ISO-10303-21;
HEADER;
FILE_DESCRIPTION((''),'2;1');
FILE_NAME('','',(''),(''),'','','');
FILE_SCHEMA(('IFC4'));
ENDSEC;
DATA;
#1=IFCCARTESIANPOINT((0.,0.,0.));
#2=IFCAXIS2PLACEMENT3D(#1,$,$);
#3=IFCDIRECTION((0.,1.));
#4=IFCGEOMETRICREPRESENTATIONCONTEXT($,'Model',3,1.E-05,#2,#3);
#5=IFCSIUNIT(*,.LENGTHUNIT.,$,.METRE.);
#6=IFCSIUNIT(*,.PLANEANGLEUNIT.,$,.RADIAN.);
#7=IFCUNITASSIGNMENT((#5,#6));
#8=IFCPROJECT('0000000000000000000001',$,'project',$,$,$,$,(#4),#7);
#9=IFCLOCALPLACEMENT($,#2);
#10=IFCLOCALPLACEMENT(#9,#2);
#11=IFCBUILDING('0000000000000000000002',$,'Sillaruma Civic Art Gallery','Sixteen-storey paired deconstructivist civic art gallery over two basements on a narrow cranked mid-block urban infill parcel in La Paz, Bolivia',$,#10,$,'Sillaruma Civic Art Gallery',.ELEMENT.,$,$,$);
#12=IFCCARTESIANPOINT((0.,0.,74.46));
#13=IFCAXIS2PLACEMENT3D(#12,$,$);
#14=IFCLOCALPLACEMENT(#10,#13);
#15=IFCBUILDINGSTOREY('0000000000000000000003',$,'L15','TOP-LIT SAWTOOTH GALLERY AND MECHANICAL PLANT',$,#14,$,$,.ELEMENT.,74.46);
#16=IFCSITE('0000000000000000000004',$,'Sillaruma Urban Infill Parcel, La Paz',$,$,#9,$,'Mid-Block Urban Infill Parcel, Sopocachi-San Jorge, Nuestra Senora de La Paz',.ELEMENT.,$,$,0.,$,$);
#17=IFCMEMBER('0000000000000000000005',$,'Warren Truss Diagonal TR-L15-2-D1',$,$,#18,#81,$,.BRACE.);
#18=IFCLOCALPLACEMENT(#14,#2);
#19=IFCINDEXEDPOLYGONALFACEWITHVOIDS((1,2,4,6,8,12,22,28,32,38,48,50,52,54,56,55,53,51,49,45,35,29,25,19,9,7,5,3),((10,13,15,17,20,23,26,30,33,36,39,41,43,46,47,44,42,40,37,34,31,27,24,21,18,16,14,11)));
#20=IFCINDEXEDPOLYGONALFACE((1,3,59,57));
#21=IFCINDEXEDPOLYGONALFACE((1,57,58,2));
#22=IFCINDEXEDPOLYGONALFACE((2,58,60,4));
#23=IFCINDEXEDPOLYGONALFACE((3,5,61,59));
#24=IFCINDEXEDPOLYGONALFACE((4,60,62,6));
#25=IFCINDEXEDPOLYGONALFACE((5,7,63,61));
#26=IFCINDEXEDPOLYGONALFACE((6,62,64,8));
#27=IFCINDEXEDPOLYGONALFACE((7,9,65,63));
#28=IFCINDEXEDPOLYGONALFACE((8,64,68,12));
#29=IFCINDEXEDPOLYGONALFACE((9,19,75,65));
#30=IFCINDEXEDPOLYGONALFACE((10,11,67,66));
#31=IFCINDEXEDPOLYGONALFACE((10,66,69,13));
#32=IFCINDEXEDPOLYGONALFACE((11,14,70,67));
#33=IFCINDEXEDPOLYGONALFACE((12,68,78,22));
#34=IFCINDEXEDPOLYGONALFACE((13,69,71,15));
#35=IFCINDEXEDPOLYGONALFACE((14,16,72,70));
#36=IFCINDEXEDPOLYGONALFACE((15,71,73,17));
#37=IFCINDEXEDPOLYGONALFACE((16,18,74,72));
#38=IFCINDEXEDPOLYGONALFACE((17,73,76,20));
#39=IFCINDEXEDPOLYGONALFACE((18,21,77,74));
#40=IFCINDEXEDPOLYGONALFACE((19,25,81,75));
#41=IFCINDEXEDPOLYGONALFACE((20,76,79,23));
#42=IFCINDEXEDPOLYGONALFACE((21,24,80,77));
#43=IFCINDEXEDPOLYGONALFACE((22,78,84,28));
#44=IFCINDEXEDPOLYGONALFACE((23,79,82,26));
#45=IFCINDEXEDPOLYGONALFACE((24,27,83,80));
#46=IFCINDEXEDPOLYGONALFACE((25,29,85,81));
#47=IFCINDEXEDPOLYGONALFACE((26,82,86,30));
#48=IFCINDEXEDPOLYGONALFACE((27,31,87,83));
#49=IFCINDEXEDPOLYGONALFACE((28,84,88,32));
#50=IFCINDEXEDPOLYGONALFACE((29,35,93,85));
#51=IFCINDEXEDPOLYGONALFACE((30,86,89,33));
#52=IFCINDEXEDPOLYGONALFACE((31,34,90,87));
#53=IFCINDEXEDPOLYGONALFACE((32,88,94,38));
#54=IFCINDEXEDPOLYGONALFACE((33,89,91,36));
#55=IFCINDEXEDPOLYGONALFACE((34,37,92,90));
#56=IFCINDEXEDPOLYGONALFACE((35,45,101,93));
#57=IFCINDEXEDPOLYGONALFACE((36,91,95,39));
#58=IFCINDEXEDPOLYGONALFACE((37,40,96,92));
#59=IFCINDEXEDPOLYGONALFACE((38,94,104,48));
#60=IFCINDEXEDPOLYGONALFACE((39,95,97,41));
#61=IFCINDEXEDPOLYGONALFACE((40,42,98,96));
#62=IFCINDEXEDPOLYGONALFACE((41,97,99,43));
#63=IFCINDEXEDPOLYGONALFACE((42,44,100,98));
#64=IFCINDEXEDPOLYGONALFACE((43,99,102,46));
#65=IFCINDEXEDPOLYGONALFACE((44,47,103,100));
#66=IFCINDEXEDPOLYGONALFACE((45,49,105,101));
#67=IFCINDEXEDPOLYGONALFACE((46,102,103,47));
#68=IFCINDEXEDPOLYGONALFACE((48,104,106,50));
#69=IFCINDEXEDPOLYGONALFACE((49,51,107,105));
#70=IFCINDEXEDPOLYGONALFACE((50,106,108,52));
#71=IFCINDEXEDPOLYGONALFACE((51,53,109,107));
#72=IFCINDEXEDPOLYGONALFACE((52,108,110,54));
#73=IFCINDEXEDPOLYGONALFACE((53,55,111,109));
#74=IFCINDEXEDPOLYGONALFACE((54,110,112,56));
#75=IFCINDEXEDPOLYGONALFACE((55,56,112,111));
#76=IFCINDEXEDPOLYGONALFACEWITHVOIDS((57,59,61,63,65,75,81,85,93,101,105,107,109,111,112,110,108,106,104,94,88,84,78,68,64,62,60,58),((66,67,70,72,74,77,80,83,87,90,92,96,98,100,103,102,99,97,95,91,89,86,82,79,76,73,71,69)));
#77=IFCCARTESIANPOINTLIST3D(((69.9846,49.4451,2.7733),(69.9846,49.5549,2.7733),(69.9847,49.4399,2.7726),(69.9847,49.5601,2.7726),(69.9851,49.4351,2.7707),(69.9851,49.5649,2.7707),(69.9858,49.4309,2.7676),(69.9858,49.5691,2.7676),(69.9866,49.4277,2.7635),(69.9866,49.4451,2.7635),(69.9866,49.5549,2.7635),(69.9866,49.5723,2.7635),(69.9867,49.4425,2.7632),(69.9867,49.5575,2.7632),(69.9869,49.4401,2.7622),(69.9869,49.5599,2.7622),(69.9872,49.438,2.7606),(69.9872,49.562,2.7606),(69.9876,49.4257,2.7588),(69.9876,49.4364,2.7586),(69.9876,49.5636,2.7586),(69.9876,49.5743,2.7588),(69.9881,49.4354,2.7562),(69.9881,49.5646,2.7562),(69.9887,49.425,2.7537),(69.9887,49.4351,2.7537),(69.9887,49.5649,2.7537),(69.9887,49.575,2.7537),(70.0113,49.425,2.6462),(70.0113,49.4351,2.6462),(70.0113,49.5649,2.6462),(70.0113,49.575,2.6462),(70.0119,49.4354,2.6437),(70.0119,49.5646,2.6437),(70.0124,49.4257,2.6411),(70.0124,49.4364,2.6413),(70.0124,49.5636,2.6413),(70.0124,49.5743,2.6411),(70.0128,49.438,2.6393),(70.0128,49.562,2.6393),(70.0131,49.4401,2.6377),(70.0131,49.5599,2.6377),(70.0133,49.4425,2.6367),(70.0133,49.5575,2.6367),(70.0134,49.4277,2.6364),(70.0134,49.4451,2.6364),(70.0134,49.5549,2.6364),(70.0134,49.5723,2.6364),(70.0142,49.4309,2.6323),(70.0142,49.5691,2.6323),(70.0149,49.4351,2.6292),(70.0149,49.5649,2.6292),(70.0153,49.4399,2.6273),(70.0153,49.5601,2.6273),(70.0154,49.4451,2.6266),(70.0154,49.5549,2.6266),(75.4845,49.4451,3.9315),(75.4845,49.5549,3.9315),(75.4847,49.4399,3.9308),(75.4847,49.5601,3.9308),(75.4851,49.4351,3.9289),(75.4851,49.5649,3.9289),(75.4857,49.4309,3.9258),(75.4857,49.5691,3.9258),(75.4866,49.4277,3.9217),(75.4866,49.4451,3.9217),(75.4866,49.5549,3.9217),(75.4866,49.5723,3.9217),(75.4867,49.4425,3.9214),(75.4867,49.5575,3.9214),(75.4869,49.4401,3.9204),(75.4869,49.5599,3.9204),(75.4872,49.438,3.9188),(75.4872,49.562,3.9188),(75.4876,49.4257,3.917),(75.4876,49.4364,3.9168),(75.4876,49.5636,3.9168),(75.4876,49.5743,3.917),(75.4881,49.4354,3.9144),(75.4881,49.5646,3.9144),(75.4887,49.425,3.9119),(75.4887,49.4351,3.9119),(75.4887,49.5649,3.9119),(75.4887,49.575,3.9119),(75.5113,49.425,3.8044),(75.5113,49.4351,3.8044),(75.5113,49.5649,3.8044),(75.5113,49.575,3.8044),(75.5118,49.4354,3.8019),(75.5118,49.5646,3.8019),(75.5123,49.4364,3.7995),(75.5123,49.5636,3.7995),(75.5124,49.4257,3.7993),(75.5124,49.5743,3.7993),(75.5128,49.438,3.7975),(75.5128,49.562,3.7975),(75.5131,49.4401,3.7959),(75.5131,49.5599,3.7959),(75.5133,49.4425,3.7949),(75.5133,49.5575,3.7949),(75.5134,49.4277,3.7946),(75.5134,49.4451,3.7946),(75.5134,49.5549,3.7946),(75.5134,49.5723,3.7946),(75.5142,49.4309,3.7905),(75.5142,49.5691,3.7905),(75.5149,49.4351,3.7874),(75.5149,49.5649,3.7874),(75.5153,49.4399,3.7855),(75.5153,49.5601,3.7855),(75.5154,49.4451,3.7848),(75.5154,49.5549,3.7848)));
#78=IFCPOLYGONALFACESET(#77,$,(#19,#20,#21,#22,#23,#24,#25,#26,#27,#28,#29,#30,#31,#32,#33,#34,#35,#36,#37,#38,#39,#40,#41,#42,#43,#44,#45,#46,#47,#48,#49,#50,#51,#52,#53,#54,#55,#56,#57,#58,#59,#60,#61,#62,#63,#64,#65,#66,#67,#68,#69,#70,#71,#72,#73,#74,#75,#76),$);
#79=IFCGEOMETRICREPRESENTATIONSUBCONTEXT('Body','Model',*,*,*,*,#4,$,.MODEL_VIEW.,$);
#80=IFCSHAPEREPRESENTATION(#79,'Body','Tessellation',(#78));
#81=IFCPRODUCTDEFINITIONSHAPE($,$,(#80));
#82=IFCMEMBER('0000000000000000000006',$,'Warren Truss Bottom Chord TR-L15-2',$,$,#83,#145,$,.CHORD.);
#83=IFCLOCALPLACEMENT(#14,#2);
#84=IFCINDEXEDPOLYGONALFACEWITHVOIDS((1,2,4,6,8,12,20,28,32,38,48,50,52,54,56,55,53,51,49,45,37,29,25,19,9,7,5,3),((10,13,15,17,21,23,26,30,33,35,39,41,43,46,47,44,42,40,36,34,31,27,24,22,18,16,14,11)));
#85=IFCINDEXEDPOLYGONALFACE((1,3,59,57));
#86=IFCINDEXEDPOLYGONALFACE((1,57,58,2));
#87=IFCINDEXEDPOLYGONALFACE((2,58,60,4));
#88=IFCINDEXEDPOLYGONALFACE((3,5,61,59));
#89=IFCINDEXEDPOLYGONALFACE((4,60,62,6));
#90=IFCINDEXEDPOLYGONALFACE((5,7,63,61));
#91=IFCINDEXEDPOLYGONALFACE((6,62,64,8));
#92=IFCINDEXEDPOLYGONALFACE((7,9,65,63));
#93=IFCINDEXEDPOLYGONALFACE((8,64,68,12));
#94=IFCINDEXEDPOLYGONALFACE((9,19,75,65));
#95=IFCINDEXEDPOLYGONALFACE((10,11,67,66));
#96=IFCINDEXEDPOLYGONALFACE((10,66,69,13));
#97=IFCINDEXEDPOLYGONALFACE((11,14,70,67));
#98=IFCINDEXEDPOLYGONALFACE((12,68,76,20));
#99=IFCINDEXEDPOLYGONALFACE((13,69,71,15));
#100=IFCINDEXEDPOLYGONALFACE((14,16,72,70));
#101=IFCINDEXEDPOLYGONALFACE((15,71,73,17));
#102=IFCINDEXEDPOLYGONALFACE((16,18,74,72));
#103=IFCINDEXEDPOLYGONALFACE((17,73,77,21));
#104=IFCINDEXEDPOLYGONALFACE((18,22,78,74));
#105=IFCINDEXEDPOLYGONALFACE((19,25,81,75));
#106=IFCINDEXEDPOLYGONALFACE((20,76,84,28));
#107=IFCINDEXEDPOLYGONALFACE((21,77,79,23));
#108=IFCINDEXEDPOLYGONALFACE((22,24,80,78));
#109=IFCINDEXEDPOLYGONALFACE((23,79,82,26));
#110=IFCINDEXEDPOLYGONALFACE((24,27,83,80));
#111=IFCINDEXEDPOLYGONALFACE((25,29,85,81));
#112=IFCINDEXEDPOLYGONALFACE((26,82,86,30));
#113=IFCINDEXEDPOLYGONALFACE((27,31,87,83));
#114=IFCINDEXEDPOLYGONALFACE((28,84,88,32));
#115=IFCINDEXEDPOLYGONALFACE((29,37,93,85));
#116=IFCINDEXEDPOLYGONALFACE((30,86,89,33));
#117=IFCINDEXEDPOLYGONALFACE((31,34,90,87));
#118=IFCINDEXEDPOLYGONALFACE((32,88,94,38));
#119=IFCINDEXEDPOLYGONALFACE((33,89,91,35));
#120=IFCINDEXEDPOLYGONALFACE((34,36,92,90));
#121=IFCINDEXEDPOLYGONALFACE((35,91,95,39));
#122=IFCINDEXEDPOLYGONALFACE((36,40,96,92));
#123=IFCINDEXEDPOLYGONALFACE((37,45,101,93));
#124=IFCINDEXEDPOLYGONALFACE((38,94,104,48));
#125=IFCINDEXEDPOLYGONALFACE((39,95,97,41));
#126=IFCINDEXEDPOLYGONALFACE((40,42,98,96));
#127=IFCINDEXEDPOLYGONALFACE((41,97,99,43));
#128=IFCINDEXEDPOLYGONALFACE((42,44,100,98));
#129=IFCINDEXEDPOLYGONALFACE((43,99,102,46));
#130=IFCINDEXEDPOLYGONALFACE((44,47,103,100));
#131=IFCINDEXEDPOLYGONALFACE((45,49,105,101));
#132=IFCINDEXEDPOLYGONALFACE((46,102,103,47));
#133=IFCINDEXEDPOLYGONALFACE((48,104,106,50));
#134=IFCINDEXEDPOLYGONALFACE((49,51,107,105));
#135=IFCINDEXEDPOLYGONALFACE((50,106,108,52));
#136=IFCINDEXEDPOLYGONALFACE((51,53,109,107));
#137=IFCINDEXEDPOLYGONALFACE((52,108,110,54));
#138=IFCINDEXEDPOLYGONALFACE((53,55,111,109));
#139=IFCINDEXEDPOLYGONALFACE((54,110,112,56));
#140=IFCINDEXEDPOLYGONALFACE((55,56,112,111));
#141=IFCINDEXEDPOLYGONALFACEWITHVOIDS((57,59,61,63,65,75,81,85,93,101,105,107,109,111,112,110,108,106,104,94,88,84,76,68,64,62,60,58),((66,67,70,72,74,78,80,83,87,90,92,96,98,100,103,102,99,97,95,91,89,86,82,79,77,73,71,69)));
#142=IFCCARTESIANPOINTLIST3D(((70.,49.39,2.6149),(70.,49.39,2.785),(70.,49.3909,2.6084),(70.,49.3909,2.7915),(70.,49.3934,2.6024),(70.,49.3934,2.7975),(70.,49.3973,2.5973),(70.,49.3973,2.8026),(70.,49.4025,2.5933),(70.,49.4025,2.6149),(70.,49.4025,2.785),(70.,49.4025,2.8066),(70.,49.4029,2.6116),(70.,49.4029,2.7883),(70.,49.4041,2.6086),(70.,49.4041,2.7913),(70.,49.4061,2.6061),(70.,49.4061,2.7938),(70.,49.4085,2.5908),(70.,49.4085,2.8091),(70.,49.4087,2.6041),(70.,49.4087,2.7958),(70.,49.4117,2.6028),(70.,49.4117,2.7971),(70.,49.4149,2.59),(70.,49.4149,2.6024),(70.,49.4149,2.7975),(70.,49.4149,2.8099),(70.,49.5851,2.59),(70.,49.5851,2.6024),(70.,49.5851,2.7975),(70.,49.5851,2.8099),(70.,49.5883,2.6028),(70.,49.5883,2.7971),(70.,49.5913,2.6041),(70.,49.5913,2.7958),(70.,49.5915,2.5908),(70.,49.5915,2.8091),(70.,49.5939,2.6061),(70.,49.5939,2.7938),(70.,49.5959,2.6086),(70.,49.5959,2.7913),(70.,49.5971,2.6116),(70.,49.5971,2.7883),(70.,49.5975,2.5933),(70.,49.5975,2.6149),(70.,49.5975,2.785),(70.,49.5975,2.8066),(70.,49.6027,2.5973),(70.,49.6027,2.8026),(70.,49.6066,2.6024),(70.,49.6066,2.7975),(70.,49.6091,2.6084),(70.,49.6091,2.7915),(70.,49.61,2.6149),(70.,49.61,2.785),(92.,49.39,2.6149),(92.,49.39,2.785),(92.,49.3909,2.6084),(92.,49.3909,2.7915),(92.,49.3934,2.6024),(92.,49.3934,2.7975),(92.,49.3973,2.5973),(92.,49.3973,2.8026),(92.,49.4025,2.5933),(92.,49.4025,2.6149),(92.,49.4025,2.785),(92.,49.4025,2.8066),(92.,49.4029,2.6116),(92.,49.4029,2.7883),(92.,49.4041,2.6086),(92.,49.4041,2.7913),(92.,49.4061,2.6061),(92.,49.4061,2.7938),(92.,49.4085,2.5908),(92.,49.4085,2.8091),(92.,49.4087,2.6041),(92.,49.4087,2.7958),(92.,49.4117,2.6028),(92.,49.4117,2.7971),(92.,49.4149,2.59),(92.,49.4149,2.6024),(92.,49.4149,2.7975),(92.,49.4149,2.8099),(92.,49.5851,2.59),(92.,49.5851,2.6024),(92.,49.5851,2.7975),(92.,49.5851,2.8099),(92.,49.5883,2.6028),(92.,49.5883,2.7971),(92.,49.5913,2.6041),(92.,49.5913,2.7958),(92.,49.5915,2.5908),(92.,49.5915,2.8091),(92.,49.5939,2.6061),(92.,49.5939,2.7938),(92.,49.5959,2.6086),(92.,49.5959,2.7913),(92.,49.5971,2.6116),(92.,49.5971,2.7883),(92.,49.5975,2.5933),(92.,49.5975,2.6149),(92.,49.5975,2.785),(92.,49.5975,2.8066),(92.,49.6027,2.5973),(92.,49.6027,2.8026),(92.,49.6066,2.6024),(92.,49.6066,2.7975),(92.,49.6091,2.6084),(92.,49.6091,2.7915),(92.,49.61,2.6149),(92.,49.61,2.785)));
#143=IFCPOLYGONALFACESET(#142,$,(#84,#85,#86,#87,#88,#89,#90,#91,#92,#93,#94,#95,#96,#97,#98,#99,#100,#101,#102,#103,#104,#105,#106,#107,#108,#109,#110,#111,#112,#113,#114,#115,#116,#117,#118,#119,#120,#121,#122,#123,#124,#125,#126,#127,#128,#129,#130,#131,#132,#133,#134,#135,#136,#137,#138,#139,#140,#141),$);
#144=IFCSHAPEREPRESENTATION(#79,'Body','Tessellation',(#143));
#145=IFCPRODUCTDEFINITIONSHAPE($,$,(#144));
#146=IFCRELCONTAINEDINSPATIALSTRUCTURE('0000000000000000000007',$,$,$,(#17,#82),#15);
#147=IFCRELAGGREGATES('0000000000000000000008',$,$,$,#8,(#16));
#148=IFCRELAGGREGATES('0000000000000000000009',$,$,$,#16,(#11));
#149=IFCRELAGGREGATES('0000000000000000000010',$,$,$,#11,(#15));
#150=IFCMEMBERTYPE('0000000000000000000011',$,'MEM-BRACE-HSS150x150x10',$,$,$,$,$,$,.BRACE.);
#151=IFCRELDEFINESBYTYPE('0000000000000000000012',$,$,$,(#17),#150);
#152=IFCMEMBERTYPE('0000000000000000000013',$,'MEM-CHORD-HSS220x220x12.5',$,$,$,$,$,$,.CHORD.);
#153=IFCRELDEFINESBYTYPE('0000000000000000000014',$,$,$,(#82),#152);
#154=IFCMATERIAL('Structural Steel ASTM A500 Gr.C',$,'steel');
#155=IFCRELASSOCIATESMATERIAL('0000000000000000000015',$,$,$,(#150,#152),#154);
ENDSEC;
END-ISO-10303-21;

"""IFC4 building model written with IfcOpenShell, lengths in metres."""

from ifc_helpers import new_model, si_unit, direction, frame, origin, origin_2d, place, context, subcontext, project, spatial, hollow_rectangle, extrude, material, material_profile, profile_set, type_object, element, save


model = new_model("IFC4")

# Units and contexts
model_context = context("Model", 3, precision=1e-05, world=origin(), true_north=direction((0.0, 1.0)))
body_context = subcontext(model_context, "Body", "Model", "MODEL_VIEW")
ifc_project = project(units=[si_unit("LENGTHUNIT", "METRE"), si_unit("PLANEANGLEUNIT", "RADIAN")], contexts=[model_context])

# Site, building, storey
site_placement = place(None, origin())
site = spatial("IfcSite", under=ifc_project, at=site_placement, Name="Sillaruma Urban Infill Parcel, La Paz", LongName="Mid-Block Urban Infill Parcel, Sopocachi-San Jorge, Nuestra Senora de La Paz", CompositionType="ELEMENT", RefElevation=0.0)
building_placement = place(site_placement, origin())
building = spatial("IfcBuilding", under=site, at=building_placement, Name="Sillaruma Civic Art Gallery", Description="Sixteen-storey paired deconstructivist civic art gallery over two basements on a narrow cranked mid-block urban infill parcel in La Paz, Bolivia", LongName="Sillaruma Civic Art Gallery", CompositionType="ELEMENT")
storey_placement = place(building_placement, frame((0.0, 0.0, 74.46)))
storey = spatial("IfcBuildingStorey", under=building, at=storey_placement, Name="L15", Description="TOP-LIT SAWTOOTH GALLERY AND MECHANICAL PLANT", CompositionType="ELEMENT", Elevation=74.46)

# Members
ifc_material_1 = material(Name="Structural Steel ASTM A500 Gr.C", Category="steel")
ifc_material_profile_1 = material_profile(ifc_material_1, hollow_rectangle(XDim=0.1499, YDim=0.1499, WallThickness=0.01, InnerFilletRadius=0.01, OuterFilletRadius=0.02, at=origin_2d()), Name="HSS150x150x10")
ifc_profile_set_1 = profile_set([ifc_material_profile_1], Name="Structural Steel ASTM A500 Gr.C")
member_type_1 = type_object("IfcMemberType", Name="MEM-BRACE-HSS150x150x10", PredefinedType="BRACE", material=ifc_profile_set_1)
member_1_placement = place(storey_placement, frame((70.0, 49.5, 2.7), z_axis=(0.978539, 0.0, 0.206063), x_axis=(0.0, 1.0, 0.0)))
element("IfcMember", 1, at=member_1_placement, inside=storey, type_object=member_type_1, Name="Warren Truss Diagonal TR-L15-2-D1", PredefinedType="BRACE", context=body_context, shape_type="SweptSolid", body=[
    extrude(hollow_rectangle(XDim=0.1499, YDim=0.1499, WallThickness=0.01, InnerFilletRadius=0.01, OuterFilletRadius=0.02, at=origin_2d()), origin(), (0.0, 0.0, 1.0), 5.6206),
])
ifc_material_profile_2 = material_profile(ifc_material_1, hollow_rectangle(XDim=0.22, YDim=0.22, WallThickness=0.0125, InnerFilletRadius=0.0125, OuterFilletRadius=0.0249, at=origin_2d()), Name="HSS220x220x12.5")
ifc_profile_set_2 = profile_set([ifc_material_profile_2], Name="Structural Steel ASTM A500 Gr.C")
member_type_2 = type_object("IfcMemberType", Name="MEM-CHORD-HSS220x220x12.5", PredefinedType="CHORD", material=ifc_profile_set_2)
member_2_placement = place(storey_placement, frame((70.0, 49.5, 2.7), z_axis=(1.0, 0.0, 0.0), x_axis=(0.0, 1.0, 0.0)))
element("IfcMember", 2, at=member_2_placement, inside=storey, type_object=member_type_2, Name="Warren Truss Bottom Chord TR-L15-2", PredefinedType="CHORD", context=body_context, shape_type="SweptSolid", body=[
    extrude(hollow_rectangle(XDim=0.22, YDim=0.22, WallThickness=0.0125, InnerFilletRadius=0.0125, OuterFilletRadius=0.0249, at=origin_2d()), origin(), (0.0, 0.0, 1.0), 22.0),
])

save(model, "model.ifc")
